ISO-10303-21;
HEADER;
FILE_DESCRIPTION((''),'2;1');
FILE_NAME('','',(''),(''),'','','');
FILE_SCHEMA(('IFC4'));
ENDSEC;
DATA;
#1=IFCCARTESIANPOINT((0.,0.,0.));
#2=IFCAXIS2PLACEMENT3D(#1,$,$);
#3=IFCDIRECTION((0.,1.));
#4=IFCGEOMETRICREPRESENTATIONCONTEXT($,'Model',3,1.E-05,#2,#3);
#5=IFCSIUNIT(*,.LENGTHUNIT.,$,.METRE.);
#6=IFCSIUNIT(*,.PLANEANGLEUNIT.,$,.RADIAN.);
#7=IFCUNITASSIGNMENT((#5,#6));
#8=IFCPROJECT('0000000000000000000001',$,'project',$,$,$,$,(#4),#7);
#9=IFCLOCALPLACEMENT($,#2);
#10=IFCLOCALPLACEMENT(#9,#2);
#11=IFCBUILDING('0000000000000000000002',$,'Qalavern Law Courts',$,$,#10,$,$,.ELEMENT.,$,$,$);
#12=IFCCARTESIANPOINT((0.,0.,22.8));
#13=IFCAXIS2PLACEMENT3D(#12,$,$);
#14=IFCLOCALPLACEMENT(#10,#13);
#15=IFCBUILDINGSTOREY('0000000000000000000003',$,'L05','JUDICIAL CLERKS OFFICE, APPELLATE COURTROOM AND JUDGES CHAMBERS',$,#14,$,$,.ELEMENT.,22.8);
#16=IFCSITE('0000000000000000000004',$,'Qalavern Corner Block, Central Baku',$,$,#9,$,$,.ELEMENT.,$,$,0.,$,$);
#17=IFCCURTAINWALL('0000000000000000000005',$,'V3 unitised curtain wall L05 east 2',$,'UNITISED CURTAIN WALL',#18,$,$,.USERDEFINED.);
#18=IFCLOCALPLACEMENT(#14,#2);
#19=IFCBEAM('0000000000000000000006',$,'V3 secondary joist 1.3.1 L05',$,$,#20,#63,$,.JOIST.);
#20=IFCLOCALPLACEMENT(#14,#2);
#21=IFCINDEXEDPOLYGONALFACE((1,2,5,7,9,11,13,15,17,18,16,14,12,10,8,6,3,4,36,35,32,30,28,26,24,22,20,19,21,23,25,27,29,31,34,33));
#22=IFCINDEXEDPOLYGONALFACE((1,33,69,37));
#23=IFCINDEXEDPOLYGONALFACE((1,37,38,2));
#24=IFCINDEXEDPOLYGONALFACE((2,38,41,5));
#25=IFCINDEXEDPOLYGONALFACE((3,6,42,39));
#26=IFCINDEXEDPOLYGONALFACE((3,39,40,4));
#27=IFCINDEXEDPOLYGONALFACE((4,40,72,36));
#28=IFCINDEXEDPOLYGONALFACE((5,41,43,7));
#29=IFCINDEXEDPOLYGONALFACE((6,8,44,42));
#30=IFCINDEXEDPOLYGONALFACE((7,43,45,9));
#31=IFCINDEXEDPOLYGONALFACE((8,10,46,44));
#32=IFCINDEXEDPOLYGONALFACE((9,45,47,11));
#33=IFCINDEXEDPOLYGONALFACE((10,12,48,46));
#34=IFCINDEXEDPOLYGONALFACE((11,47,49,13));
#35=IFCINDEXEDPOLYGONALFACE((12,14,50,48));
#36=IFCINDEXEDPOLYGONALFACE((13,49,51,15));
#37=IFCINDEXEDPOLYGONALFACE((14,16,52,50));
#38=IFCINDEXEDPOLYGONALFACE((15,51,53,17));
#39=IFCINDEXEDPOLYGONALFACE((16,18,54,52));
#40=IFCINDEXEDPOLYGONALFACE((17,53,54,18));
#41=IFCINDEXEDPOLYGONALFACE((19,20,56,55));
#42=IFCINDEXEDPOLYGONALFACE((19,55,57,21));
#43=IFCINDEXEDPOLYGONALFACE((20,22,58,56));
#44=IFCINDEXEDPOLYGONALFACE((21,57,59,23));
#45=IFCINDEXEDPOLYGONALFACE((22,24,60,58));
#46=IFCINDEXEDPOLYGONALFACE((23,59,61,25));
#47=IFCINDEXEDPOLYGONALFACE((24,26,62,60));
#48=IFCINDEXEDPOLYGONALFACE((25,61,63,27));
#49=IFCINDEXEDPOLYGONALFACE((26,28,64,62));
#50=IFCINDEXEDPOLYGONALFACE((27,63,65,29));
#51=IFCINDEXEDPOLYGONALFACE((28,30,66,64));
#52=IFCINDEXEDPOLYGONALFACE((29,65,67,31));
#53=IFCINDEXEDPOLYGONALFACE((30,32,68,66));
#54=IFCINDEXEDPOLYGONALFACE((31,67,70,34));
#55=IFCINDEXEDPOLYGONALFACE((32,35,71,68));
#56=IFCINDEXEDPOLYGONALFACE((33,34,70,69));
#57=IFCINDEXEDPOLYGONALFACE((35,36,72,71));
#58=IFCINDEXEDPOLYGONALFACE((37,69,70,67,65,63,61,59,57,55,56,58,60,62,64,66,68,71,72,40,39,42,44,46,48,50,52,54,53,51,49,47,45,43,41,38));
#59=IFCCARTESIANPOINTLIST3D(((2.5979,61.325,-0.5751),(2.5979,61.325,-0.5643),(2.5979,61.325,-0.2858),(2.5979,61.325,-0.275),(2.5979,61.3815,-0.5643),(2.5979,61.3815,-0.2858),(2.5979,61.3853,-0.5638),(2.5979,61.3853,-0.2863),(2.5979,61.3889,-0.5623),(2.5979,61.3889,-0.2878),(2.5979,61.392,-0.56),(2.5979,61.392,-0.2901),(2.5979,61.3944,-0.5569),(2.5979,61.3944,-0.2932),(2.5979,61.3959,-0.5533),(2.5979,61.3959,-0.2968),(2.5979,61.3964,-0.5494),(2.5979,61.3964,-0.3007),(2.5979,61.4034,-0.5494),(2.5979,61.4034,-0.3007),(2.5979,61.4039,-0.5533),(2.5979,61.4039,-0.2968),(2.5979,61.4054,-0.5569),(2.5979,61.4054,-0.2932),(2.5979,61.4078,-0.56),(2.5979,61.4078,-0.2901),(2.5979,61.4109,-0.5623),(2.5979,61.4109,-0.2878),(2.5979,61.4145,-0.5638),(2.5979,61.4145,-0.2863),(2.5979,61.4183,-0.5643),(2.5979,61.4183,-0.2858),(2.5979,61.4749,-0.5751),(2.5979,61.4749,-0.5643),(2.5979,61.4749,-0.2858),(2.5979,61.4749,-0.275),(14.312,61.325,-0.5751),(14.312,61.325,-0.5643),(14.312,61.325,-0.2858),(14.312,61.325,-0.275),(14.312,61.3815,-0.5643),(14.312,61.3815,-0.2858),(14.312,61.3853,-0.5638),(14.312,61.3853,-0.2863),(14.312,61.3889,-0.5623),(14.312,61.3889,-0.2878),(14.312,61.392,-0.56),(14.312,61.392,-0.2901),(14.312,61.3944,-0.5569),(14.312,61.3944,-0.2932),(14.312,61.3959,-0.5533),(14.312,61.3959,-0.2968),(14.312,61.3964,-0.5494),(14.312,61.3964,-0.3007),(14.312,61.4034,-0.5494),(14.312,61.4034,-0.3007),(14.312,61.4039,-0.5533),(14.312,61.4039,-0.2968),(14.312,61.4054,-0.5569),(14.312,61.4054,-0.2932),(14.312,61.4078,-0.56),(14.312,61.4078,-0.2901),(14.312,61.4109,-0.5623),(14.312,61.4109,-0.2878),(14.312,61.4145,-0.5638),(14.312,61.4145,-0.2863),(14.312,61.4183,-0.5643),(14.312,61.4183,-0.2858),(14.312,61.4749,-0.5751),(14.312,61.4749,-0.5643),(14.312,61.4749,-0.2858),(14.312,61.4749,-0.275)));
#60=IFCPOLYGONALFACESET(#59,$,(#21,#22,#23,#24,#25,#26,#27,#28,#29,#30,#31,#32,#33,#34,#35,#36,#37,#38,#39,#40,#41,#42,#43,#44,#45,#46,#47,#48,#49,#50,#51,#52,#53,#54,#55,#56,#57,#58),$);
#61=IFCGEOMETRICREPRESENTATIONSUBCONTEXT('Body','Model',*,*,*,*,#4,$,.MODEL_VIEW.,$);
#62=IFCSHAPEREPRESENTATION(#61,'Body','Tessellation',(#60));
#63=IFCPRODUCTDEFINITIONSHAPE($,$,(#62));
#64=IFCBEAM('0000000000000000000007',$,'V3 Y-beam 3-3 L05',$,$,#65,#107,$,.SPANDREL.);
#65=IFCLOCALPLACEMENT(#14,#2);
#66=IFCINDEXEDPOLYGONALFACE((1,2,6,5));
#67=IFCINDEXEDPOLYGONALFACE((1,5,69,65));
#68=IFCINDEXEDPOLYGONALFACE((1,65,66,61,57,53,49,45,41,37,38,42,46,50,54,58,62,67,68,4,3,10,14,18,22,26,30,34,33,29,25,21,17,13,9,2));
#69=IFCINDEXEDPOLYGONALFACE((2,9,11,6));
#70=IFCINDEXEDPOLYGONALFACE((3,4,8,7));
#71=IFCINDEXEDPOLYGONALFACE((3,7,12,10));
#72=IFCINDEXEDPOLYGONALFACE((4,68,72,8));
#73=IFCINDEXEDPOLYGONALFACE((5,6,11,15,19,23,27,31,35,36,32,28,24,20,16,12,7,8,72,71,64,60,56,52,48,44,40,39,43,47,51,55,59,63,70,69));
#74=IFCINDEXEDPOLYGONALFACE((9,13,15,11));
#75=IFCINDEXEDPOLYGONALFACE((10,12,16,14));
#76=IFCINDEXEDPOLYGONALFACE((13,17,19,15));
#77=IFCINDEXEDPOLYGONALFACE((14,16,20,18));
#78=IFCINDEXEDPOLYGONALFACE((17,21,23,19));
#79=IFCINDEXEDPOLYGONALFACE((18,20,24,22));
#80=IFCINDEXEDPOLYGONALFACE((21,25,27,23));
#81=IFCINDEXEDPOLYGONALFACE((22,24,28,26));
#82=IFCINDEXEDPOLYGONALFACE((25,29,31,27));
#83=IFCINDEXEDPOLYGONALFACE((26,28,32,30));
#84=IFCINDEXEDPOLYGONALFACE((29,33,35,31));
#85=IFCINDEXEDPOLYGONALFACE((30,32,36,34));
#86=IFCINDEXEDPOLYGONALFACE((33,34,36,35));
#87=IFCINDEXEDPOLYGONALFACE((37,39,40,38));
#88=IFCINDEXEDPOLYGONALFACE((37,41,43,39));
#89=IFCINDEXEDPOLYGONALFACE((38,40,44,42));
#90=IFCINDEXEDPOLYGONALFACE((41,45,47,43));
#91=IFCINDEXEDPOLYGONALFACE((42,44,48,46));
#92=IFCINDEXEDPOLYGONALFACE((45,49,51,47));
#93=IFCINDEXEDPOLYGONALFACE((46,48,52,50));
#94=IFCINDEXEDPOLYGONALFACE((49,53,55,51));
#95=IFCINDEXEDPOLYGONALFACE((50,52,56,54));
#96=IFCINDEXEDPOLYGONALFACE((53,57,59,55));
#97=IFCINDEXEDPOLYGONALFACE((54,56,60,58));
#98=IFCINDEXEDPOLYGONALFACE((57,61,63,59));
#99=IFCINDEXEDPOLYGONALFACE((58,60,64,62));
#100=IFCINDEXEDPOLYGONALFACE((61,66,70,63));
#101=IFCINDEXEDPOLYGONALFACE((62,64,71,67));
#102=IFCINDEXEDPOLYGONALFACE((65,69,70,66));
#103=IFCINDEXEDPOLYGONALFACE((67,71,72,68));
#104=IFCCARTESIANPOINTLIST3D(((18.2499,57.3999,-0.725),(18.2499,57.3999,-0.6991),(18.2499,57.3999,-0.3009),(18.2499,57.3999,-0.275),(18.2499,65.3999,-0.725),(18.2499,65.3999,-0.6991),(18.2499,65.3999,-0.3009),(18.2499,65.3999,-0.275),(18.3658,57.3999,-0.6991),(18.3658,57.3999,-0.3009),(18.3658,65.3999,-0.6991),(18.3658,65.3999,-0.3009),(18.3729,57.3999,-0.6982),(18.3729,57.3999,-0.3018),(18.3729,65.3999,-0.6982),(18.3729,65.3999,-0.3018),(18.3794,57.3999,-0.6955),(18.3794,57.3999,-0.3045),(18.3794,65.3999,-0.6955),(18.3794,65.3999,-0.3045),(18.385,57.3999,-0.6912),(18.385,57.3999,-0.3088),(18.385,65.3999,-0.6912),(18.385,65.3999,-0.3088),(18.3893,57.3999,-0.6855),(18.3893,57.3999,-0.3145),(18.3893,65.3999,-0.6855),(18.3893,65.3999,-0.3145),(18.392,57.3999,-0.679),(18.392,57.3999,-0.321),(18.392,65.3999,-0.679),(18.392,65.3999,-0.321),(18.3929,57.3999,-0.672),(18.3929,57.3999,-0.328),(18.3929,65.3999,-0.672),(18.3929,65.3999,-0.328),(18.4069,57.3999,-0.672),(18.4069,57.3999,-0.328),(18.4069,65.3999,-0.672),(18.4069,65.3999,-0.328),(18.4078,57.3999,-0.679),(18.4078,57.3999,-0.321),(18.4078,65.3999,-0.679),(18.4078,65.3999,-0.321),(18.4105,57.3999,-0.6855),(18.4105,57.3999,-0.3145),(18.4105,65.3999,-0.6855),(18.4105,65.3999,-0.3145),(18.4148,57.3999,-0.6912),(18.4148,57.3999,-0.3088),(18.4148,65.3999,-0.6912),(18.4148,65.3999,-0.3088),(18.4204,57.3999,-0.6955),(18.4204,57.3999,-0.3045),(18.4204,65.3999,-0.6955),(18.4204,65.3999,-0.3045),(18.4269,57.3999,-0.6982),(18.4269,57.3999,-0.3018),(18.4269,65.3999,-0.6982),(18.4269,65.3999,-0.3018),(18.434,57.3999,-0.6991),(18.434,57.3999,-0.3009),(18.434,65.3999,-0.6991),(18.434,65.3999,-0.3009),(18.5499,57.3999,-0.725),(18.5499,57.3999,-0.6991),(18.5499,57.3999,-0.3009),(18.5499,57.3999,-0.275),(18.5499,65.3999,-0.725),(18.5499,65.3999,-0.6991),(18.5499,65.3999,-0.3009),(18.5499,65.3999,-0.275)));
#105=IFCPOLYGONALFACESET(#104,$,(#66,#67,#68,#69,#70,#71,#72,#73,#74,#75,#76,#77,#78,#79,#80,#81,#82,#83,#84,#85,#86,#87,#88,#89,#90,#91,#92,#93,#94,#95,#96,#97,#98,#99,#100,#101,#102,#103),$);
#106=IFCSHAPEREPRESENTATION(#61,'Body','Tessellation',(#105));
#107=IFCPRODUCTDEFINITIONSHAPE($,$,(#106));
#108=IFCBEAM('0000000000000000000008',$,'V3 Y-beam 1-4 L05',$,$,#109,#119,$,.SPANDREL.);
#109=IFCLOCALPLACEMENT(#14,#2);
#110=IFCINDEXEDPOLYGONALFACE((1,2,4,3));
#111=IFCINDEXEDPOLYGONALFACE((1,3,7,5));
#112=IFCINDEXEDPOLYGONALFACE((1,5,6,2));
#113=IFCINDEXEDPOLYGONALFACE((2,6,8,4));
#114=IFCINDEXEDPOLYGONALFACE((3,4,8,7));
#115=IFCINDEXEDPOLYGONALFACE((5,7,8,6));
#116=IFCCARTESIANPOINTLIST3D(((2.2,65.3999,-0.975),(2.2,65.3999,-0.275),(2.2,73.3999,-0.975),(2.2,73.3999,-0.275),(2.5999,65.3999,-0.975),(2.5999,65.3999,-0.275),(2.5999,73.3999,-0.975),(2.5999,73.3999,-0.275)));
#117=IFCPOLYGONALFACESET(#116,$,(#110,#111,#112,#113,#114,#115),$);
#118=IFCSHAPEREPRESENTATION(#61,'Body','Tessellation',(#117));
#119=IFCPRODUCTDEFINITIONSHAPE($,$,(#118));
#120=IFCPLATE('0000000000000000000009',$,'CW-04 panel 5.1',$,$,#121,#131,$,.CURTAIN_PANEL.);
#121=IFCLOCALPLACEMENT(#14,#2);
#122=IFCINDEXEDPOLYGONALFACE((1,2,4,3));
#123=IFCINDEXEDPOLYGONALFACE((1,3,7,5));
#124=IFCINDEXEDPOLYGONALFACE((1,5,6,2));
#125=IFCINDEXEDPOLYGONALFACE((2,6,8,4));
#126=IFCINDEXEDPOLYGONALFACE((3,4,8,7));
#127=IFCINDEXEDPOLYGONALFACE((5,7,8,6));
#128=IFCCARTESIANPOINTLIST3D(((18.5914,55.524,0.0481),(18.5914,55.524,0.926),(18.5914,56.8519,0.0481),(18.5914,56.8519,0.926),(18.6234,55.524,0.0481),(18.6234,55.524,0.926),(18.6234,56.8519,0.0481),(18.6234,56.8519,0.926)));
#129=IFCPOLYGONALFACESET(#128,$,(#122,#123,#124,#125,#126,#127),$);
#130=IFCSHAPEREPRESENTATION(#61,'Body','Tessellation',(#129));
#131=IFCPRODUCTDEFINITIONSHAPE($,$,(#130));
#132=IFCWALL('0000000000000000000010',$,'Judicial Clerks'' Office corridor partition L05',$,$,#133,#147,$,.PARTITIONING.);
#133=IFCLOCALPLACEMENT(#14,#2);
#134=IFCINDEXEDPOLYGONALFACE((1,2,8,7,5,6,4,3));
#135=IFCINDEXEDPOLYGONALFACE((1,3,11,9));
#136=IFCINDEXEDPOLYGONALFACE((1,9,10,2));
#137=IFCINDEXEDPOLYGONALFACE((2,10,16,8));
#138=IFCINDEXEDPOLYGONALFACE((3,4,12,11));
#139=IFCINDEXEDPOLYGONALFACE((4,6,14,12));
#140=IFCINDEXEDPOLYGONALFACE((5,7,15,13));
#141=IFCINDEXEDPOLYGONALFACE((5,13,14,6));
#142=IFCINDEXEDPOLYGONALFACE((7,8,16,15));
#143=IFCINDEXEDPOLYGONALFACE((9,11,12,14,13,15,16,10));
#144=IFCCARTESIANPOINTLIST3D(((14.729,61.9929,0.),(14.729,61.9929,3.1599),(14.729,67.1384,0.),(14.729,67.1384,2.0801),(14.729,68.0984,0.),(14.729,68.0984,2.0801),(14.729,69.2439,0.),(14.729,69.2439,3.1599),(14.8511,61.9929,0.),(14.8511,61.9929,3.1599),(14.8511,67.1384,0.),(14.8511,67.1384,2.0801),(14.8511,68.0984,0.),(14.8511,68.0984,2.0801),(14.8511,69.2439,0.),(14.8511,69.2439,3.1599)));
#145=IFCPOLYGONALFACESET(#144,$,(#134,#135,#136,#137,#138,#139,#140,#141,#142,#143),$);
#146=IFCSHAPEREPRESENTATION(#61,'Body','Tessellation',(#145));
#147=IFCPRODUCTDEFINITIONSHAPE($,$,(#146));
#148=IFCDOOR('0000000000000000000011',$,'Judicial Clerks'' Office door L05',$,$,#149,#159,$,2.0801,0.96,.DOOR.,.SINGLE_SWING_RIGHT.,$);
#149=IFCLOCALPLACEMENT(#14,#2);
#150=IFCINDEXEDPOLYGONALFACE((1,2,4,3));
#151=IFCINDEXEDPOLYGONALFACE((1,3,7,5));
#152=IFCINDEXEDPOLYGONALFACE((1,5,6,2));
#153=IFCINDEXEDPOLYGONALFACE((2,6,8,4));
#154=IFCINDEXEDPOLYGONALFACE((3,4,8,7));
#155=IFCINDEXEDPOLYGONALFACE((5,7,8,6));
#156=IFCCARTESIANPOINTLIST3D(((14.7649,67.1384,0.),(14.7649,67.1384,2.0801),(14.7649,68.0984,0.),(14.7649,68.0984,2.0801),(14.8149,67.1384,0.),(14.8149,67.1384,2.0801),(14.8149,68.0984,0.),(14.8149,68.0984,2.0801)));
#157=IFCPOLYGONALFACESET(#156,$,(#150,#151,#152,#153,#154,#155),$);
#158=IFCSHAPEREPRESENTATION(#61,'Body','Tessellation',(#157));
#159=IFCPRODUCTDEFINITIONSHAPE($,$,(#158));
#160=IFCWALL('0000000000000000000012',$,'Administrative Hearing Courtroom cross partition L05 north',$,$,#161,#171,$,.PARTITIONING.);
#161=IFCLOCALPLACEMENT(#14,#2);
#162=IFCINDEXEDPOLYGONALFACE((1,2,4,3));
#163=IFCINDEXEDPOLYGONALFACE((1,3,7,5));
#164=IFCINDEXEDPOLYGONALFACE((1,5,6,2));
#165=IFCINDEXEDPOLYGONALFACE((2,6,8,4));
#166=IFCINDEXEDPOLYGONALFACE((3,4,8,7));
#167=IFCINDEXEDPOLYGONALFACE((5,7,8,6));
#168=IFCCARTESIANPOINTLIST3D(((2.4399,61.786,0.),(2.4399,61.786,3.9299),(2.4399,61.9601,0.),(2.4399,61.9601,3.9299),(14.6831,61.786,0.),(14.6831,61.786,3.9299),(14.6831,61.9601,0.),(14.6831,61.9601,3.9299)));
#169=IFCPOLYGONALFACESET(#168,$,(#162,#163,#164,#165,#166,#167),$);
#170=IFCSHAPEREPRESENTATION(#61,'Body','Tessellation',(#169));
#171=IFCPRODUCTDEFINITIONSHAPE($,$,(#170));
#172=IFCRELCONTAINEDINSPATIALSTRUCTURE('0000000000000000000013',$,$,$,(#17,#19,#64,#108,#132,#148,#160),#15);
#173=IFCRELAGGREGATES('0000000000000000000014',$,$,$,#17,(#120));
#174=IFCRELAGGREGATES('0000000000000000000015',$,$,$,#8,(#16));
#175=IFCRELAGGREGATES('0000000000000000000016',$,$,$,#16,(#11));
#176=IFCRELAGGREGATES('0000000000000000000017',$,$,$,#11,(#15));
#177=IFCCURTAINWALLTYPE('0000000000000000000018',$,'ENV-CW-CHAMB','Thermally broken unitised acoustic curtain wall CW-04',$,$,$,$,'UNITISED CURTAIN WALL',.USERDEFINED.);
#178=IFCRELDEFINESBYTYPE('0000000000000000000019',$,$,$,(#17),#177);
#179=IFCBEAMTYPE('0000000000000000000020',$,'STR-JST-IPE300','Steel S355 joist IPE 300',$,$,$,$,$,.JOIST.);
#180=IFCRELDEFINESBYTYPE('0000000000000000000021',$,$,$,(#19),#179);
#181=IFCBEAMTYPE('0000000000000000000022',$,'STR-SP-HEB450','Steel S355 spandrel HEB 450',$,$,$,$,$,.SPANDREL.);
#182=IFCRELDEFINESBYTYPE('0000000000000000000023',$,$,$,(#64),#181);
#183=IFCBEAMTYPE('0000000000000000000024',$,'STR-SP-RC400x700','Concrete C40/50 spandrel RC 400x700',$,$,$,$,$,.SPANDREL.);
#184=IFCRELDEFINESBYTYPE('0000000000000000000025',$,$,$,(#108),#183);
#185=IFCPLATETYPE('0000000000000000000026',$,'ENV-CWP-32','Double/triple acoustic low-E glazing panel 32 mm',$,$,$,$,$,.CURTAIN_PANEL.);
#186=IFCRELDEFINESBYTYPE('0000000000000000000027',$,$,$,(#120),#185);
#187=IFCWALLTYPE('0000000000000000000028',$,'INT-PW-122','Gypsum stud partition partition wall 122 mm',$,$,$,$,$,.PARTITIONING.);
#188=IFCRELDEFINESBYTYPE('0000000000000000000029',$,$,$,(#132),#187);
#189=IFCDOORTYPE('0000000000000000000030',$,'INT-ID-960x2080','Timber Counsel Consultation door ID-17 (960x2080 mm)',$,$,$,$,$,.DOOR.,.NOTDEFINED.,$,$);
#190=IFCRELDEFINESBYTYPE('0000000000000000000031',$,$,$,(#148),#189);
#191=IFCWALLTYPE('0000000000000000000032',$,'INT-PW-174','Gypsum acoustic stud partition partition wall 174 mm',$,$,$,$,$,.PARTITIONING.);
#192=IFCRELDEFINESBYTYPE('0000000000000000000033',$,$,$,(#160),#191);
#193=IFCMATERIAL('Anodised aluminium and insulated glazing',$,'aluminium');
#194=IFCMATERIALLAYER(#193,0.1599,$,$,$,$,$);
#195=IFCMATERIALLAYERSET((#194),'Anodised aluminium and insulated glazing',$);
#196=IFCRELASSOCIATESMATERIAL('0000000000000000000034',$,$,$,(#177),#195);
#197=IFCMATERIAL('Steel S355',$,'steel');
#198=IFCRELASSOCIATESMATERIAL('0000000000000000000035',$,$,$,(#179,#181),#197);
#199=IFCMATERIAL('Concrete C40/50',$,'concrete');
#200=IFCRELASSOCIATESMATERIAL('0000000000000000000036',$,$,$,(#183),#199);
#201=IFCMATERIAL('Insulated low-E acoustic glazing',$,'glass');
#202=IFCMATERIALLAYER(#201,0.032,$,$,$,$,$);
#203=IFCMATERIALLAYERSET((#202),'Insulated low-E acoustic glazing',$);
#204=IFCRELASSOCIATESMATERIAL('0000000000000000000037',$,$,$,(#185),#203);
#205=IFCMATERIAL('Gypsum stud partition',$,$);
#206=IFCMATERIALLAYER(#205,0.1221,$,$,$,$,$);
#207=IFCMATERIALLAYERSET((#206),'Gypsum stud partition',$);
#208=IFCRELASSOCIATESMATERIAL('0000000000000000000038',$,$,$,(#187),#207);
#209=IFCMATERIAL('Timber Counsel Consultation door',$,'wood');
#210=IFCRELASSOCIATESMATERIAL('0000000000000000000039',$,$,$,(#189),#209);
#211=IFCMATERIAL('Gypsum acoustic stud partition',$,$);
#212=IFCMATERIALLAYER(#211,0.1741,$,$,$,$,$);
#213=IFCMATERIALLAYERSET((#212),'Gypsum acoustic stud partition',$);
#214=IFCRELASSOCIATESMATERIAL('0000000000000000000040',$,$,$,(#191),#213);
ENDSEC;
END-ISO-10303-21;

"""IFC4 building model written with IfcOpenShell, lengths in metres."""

from ifc_helpers import new_model, si_unit, direction, frame, frame_2d, origin, origin_2d, place, context, subcontext, project, spatial, rectangle, i_section, extrude, material, layer, layer_set, material_profile, profile_set, type_object, element, fill, aggregate, save


model = new_model("IFC4")

# Units and contexts
model_context = context("Model", 3, precision=1e-05, world=origin(), true_north=direction((0.0, 1.0)))
body_context = subcontext(model_context, "Body", "Model", "MODEL_VIEW")
ifc_project = project(units=[si_unit("LENGTHUNIT", "METRE"), si_unit("PLANEANGLEUNIT", "RADIAN")], contexts=[model_context])

# Site, building, storey
site_placement = place(None, origin())
site = spatial("IfcSite", under=ifc_project, at=site_placement, Name="Qalavern Corner Block, Central Baku", CompositionType="ELEMENT", RefElevation=0.0)
building_placement = place(site_placement, origin())
building = spatial("IfcBuilding", under=site, at=building_placement, Name="Qalavern Law Courts", CompositionType="ELEMENT")
storey_placement = place(building_placement, frame((0.0, 0.0, 22.8)))
storey = spatial("IfcBuildingStorey", under=building, at=storey_placement, Name="L05", Description="JUDICIAL CLERKS OFFICE, APPELLATE COURTROOM AND JUDGES CHAMBERS", CompositionType="ELEMENT", Elevation=22.8)

# Curtain wall
ifc_material_1 = material(Name="Anodised aluminium and insulated glazing", Category="aluminium")
ifc_layer_1 = layer(ifc_material_1, 0.1599)
ifc_layer_set_1 = layer_set([ifc_layer_1], Name="Anodised aluminium and insulated glazing")
curtain_wall_type = type_object("IfcCurtainWallType", Name="ENV-CW-CHAMB", Description="Thermally broken unitised acoustic curtain wall CW-04", ElementType="UNITISED CURTAIN WALL", PredefinedType="USERDEFINED", material=ifc_layer_set_1)
curtain_wall_placement = place(storey_placement, origin())
curtain_wall = element("IfcCurtainWall", 1, at=curtain_wall_placement, inside=storey, type_object=curtain_wall_type, Name="V3 unitised curtain wall L05 east 2", ObjectType="UNITISED CURTAIN WALL", PredefinedType="USERDEFINED")

# Beams
ifc_material_2 = material(Name="Steel S355", Category="steel")
ifc_material_profile_1 = material_profile(ifc_material_2, i_section(OverallWidth=0.1499, OverallDepth=0.3, WebThickness=0.0071, FlangeThickness=0.0107, FilletRadius=0.0149, at=origin_2d()), Name="IPE 300")
ifc_profile_set_1 = profile_set([ifc_material_profile_1], Name="Steel S355")
beam_type_1 = type_object("IfcBeamType", Name="STR-JST-IPE300", Description="Steel S355 joist IPE 300", PredefinedType="JOIST", material=ifc_profile_set_1)
beam_1_placement = place(storey_placement, frame((2.5979, 61.3999, -0.425), z_axis=(1.0, 0.0, 0.0), x_axis=(0.0, 1.0, 0.0)))
element("IfcBeam", 2, at=beam_1_placement, inside=storey, type_object=beam_type_1, Name="V3 secondary joist 1.3.1 L05", PredefinedType="JOIST", context=body_context, shape_type="SweptSolid", body=[
    extrude(i_section(OverallWidth=0.1499, OverallDepth=0.3, WebThickness=0.0071, FlangeThickness=0.0107, FilletRadius=0.0149, at=origin_2d()), origin(), (0.0, 0.0, 1.0), 11.7141),
])
ifc_material_profile_2 = material_profile(ifc_material_2, i_section(OverallWidth=0.3, OverallDepth=0.45, WebThickness=0.0139, FlangeThickness=0.0259, FilletRadius=0.0271, at=origin_2d()), Name="HEB 450")
ifc_profile_set_2 = profile_set([ifc_material_profile_2], Name="Steel S355")
beam_type_2 = type_object("IfcBeamType", Name="STR-SP-HEB450", Description="Steel S355 spandrel HEB 450", PredefinedType="SPANDREL", material=ifc_profile_set_2)
beam_2_placement = place(storey_placement, frame((18.3999, 57.3999, -0.5), z_axis=(0.0, 1.0, 0.0), x_axis=(-1.0, 0.0, 0.0)))
element("IfcBeam", 3, at=beam_2_placement, inside=storey, type_object=beam_type_2, Name="V3 Y-beam 3-3 L05", PredefinedType="SPANDREL", context=body_context, shape_type="SweptSolid", body=[
    extrude(i_section(OverallWidth=0.3, OverallDepth=0.45, WebThickness=0.0139, FlangeThickness=0.0259, FilletRadius=0.0271, at=origin_2d()), origin(), (0.0, 0.0, 1.0), 8.0),
])
ifc_material_3 = material(Name="Concrete C40/50", Category="concrete")
ifc_material_profile_3 = material_profile(ifc_material_3, rectangle(XDim=0.3999, YDim=0.7, at=origin_2d()), Name="RC 400x700")
ifc_profile_set_3 = profile_set([ifc_material_profile_3], Name="Concrete C40/50")
beam_type_3 = type_object("IfcBeamType", Name="STR-SP-RC400x700", Description="Concrete C40/50 spandrel RC 400x700", PredefinedType="SPANDREL", material=ifc_profile_set_3)
beam_3_placement = place(storey_placement, frame((2.3999, 65.3999, -0.625), z_axis=(0.0, 1.0, 0.0), x_axis=(-1.0, 0.0, 0.0)))
element("IfcBeam", 4, at=beam_3_placement, inside=storey, type_object=beam_type_3, Name="V3 Y-beam 1-4 L05", PredefinedType="SPANDREL", context=body_context, shape_type="SweptSolid", body=[
    extrude(rectangle(XDim=0.3999, YDim=0.7, at=origin_2d()), origin(), (0.0, 0.0, 1.0), 8.0),
])

# Plate
ifc_material_4 = material(Name="Insulated low-E acoustic glazing", Category="glass")
ifc_layer_2 = layer(ifc_material_4, 0.032)
ifc_layer_set_2 = layer_set([ifc_layer_2], Name="Insulated low-E acoustic glazing")
plate_type = type_object("IfcPlateType", Name="ENV-CWP-32", Description="Double/triple acoustic low-E glazing panel 32 mm", PredefinedType="CURTAIN_PANEL", material=ifc_layer_set_2)
plate_placement = place(storey_placement, frame((18.6074, 56.188, 0.0481), z_axis=(0.0, 0.0, 1.0), x_axis=(0.0, 1.0, 0.0)))
plate = element("IfcPlate", 5, at=plate_placement, type_object=plate_type, Name="CW-04 panel 5.1", PredefinedType="CURTAIN_PANEL", context=body_context, shape_type="SweptSolid", body=[
    extrude(rectangle(XDim=1.3279, YDim=0.032, at=origin_2d()), origin(), (0.0, 0.0, 1.0), 0.8779),
])
aggregate(curtain_wall, [plate])

# Wall, opening, door
ifc_material_5 = material(Name="Gypsum stud partition")
ifc_layer_3 = layer(ifc_material_5, 0.1221)
ifc_layer_set_3 = layer_set([ifc_layer_3], Name="Gypsum stud partition")
wall_type_1 = type_object("IfcWallType", Name="INT-PW-122", Description="Gypsum stud partition partition wall 122 mm", PredefinedType="PARTITIONING", material=ifc_layer_set_3)
wall_1_placement = place(storey_placement, frame((14.79, 61.9929, 0.0), z_axis=(0.0, 0.0, 1.0), x_axis=(0.0, 1.0, 0.0)))
wall_1 = element("IfcWall", 6, at=wall_1_placement, inside=storey, type_object=wall_type_1, Name="Judicial Clerks' Office corridor partition L05", PredefinedType="PARTITIONING", context=body_context, shape_type="SweptSolid", body=[
    extrude(rectangle(XDim=7.251, YDim=0.1221, at=frame_2d((3.6255, 0.0))), origin(), (0.0, 0.0, 1.0), 3.1599),
])
opening_placement = place(wall_1_placement, frame((5.1455, 0.0, 0.0)))
opening = element("IfcOpeningElement", 7, at=opening_placement, cuts=wall_1, PredefinedType="OPENING", context=body_context, shape_type="SweptSolid", body=[
    extrude(rectangle(XDim=0.96, YDim=2.0801, at=frame_2d((0.48, 1.04))), frame((0.0, 0.0759, 0.0), z_axis=(0.0, -1.0, 0.0), x_axis=(1.0, 0.0, 0.0)), (0.0, 0.0, 1.0), 0.1519),
])
ifc_material_6 = material(Name="Timber Counsel Consultation door", Category="wood")
door_type = type_object("IfcDoorType", Name="INT-ID-960x2080", Description="Timber Counsel Consultation door ID-17 (960x2080 mm)", OperationType="NOTDEFINED", PredefinedType="DOOR", material=ifc_material_6)
door_placement = place(opening_placement, frame((0.96, 0.0, 0.0), z_axis=(0.0, 0.0, 1.0), x_axis=(-1.0, 0.0, 0.0)))
door = element("IfcDoor", 8, at=door_placement, inside=storey, type_object=door_type, Name="Judicial Clerks' Office door L05", OperationType="SINGLE_SWING_RIGHT", OverallHeight=2.0801, OverallWidth=0.96, PredefinedType="DOOR", context=body_context, shape_type="SweptSolid", body=[
    extrude(rectangle(XDim=0.96, YDim=2.0801, at=frame_2d((0.48, 1.04))), frame((0.0, 0.0249, 0.0), z_axis=(0.0, -1.0, 0.0), x_axis=(1.0, 0.0, 0.0)), (0.0, 0.0, 1.0), 0.05),
])
fill(opening, door)

# Wall
ifc_material_7 = material(Name="Gypsum acoustic stud partition")
ifc_layer_4 = layer(ifc_material_7, 0.1741)
ifc_layer_set_4 = layer_set([ifc_layer_4], Name="Gypsum acoustic stud partition")
wall_type_2 = type_object("IfcWallType", Name="INT-PW-174", Description="Gypsum acoustic stud partition partition wall 174 mm", PredefinedType="PARTITIONING", material=ifc_layer_set_4)
wall_2_placement = place(storey_placement, frame((2.4399, 61.873, 0.0), z_axis=(0.0, 0.0, 1.0), x_axis=(1.0, 0.0, 0.0)))
element("IfcWall", 9, at=wall_2_placement, inside=storey, type_object=wall_type_2, Name="Administrative Hearing Courtroom cross partition L05 north", PredefinedType="PARTITIONING", context=body_context, shape_type="SweptSolid", body=[
    extrude(rectangle(XDim=12.2432, YDim=0.1741, at=frame_2d((6.1216, 0.0))), origin(), (0.0, 0.0, 1.0), 3.9299),
])

save(model, "model.ifc")
